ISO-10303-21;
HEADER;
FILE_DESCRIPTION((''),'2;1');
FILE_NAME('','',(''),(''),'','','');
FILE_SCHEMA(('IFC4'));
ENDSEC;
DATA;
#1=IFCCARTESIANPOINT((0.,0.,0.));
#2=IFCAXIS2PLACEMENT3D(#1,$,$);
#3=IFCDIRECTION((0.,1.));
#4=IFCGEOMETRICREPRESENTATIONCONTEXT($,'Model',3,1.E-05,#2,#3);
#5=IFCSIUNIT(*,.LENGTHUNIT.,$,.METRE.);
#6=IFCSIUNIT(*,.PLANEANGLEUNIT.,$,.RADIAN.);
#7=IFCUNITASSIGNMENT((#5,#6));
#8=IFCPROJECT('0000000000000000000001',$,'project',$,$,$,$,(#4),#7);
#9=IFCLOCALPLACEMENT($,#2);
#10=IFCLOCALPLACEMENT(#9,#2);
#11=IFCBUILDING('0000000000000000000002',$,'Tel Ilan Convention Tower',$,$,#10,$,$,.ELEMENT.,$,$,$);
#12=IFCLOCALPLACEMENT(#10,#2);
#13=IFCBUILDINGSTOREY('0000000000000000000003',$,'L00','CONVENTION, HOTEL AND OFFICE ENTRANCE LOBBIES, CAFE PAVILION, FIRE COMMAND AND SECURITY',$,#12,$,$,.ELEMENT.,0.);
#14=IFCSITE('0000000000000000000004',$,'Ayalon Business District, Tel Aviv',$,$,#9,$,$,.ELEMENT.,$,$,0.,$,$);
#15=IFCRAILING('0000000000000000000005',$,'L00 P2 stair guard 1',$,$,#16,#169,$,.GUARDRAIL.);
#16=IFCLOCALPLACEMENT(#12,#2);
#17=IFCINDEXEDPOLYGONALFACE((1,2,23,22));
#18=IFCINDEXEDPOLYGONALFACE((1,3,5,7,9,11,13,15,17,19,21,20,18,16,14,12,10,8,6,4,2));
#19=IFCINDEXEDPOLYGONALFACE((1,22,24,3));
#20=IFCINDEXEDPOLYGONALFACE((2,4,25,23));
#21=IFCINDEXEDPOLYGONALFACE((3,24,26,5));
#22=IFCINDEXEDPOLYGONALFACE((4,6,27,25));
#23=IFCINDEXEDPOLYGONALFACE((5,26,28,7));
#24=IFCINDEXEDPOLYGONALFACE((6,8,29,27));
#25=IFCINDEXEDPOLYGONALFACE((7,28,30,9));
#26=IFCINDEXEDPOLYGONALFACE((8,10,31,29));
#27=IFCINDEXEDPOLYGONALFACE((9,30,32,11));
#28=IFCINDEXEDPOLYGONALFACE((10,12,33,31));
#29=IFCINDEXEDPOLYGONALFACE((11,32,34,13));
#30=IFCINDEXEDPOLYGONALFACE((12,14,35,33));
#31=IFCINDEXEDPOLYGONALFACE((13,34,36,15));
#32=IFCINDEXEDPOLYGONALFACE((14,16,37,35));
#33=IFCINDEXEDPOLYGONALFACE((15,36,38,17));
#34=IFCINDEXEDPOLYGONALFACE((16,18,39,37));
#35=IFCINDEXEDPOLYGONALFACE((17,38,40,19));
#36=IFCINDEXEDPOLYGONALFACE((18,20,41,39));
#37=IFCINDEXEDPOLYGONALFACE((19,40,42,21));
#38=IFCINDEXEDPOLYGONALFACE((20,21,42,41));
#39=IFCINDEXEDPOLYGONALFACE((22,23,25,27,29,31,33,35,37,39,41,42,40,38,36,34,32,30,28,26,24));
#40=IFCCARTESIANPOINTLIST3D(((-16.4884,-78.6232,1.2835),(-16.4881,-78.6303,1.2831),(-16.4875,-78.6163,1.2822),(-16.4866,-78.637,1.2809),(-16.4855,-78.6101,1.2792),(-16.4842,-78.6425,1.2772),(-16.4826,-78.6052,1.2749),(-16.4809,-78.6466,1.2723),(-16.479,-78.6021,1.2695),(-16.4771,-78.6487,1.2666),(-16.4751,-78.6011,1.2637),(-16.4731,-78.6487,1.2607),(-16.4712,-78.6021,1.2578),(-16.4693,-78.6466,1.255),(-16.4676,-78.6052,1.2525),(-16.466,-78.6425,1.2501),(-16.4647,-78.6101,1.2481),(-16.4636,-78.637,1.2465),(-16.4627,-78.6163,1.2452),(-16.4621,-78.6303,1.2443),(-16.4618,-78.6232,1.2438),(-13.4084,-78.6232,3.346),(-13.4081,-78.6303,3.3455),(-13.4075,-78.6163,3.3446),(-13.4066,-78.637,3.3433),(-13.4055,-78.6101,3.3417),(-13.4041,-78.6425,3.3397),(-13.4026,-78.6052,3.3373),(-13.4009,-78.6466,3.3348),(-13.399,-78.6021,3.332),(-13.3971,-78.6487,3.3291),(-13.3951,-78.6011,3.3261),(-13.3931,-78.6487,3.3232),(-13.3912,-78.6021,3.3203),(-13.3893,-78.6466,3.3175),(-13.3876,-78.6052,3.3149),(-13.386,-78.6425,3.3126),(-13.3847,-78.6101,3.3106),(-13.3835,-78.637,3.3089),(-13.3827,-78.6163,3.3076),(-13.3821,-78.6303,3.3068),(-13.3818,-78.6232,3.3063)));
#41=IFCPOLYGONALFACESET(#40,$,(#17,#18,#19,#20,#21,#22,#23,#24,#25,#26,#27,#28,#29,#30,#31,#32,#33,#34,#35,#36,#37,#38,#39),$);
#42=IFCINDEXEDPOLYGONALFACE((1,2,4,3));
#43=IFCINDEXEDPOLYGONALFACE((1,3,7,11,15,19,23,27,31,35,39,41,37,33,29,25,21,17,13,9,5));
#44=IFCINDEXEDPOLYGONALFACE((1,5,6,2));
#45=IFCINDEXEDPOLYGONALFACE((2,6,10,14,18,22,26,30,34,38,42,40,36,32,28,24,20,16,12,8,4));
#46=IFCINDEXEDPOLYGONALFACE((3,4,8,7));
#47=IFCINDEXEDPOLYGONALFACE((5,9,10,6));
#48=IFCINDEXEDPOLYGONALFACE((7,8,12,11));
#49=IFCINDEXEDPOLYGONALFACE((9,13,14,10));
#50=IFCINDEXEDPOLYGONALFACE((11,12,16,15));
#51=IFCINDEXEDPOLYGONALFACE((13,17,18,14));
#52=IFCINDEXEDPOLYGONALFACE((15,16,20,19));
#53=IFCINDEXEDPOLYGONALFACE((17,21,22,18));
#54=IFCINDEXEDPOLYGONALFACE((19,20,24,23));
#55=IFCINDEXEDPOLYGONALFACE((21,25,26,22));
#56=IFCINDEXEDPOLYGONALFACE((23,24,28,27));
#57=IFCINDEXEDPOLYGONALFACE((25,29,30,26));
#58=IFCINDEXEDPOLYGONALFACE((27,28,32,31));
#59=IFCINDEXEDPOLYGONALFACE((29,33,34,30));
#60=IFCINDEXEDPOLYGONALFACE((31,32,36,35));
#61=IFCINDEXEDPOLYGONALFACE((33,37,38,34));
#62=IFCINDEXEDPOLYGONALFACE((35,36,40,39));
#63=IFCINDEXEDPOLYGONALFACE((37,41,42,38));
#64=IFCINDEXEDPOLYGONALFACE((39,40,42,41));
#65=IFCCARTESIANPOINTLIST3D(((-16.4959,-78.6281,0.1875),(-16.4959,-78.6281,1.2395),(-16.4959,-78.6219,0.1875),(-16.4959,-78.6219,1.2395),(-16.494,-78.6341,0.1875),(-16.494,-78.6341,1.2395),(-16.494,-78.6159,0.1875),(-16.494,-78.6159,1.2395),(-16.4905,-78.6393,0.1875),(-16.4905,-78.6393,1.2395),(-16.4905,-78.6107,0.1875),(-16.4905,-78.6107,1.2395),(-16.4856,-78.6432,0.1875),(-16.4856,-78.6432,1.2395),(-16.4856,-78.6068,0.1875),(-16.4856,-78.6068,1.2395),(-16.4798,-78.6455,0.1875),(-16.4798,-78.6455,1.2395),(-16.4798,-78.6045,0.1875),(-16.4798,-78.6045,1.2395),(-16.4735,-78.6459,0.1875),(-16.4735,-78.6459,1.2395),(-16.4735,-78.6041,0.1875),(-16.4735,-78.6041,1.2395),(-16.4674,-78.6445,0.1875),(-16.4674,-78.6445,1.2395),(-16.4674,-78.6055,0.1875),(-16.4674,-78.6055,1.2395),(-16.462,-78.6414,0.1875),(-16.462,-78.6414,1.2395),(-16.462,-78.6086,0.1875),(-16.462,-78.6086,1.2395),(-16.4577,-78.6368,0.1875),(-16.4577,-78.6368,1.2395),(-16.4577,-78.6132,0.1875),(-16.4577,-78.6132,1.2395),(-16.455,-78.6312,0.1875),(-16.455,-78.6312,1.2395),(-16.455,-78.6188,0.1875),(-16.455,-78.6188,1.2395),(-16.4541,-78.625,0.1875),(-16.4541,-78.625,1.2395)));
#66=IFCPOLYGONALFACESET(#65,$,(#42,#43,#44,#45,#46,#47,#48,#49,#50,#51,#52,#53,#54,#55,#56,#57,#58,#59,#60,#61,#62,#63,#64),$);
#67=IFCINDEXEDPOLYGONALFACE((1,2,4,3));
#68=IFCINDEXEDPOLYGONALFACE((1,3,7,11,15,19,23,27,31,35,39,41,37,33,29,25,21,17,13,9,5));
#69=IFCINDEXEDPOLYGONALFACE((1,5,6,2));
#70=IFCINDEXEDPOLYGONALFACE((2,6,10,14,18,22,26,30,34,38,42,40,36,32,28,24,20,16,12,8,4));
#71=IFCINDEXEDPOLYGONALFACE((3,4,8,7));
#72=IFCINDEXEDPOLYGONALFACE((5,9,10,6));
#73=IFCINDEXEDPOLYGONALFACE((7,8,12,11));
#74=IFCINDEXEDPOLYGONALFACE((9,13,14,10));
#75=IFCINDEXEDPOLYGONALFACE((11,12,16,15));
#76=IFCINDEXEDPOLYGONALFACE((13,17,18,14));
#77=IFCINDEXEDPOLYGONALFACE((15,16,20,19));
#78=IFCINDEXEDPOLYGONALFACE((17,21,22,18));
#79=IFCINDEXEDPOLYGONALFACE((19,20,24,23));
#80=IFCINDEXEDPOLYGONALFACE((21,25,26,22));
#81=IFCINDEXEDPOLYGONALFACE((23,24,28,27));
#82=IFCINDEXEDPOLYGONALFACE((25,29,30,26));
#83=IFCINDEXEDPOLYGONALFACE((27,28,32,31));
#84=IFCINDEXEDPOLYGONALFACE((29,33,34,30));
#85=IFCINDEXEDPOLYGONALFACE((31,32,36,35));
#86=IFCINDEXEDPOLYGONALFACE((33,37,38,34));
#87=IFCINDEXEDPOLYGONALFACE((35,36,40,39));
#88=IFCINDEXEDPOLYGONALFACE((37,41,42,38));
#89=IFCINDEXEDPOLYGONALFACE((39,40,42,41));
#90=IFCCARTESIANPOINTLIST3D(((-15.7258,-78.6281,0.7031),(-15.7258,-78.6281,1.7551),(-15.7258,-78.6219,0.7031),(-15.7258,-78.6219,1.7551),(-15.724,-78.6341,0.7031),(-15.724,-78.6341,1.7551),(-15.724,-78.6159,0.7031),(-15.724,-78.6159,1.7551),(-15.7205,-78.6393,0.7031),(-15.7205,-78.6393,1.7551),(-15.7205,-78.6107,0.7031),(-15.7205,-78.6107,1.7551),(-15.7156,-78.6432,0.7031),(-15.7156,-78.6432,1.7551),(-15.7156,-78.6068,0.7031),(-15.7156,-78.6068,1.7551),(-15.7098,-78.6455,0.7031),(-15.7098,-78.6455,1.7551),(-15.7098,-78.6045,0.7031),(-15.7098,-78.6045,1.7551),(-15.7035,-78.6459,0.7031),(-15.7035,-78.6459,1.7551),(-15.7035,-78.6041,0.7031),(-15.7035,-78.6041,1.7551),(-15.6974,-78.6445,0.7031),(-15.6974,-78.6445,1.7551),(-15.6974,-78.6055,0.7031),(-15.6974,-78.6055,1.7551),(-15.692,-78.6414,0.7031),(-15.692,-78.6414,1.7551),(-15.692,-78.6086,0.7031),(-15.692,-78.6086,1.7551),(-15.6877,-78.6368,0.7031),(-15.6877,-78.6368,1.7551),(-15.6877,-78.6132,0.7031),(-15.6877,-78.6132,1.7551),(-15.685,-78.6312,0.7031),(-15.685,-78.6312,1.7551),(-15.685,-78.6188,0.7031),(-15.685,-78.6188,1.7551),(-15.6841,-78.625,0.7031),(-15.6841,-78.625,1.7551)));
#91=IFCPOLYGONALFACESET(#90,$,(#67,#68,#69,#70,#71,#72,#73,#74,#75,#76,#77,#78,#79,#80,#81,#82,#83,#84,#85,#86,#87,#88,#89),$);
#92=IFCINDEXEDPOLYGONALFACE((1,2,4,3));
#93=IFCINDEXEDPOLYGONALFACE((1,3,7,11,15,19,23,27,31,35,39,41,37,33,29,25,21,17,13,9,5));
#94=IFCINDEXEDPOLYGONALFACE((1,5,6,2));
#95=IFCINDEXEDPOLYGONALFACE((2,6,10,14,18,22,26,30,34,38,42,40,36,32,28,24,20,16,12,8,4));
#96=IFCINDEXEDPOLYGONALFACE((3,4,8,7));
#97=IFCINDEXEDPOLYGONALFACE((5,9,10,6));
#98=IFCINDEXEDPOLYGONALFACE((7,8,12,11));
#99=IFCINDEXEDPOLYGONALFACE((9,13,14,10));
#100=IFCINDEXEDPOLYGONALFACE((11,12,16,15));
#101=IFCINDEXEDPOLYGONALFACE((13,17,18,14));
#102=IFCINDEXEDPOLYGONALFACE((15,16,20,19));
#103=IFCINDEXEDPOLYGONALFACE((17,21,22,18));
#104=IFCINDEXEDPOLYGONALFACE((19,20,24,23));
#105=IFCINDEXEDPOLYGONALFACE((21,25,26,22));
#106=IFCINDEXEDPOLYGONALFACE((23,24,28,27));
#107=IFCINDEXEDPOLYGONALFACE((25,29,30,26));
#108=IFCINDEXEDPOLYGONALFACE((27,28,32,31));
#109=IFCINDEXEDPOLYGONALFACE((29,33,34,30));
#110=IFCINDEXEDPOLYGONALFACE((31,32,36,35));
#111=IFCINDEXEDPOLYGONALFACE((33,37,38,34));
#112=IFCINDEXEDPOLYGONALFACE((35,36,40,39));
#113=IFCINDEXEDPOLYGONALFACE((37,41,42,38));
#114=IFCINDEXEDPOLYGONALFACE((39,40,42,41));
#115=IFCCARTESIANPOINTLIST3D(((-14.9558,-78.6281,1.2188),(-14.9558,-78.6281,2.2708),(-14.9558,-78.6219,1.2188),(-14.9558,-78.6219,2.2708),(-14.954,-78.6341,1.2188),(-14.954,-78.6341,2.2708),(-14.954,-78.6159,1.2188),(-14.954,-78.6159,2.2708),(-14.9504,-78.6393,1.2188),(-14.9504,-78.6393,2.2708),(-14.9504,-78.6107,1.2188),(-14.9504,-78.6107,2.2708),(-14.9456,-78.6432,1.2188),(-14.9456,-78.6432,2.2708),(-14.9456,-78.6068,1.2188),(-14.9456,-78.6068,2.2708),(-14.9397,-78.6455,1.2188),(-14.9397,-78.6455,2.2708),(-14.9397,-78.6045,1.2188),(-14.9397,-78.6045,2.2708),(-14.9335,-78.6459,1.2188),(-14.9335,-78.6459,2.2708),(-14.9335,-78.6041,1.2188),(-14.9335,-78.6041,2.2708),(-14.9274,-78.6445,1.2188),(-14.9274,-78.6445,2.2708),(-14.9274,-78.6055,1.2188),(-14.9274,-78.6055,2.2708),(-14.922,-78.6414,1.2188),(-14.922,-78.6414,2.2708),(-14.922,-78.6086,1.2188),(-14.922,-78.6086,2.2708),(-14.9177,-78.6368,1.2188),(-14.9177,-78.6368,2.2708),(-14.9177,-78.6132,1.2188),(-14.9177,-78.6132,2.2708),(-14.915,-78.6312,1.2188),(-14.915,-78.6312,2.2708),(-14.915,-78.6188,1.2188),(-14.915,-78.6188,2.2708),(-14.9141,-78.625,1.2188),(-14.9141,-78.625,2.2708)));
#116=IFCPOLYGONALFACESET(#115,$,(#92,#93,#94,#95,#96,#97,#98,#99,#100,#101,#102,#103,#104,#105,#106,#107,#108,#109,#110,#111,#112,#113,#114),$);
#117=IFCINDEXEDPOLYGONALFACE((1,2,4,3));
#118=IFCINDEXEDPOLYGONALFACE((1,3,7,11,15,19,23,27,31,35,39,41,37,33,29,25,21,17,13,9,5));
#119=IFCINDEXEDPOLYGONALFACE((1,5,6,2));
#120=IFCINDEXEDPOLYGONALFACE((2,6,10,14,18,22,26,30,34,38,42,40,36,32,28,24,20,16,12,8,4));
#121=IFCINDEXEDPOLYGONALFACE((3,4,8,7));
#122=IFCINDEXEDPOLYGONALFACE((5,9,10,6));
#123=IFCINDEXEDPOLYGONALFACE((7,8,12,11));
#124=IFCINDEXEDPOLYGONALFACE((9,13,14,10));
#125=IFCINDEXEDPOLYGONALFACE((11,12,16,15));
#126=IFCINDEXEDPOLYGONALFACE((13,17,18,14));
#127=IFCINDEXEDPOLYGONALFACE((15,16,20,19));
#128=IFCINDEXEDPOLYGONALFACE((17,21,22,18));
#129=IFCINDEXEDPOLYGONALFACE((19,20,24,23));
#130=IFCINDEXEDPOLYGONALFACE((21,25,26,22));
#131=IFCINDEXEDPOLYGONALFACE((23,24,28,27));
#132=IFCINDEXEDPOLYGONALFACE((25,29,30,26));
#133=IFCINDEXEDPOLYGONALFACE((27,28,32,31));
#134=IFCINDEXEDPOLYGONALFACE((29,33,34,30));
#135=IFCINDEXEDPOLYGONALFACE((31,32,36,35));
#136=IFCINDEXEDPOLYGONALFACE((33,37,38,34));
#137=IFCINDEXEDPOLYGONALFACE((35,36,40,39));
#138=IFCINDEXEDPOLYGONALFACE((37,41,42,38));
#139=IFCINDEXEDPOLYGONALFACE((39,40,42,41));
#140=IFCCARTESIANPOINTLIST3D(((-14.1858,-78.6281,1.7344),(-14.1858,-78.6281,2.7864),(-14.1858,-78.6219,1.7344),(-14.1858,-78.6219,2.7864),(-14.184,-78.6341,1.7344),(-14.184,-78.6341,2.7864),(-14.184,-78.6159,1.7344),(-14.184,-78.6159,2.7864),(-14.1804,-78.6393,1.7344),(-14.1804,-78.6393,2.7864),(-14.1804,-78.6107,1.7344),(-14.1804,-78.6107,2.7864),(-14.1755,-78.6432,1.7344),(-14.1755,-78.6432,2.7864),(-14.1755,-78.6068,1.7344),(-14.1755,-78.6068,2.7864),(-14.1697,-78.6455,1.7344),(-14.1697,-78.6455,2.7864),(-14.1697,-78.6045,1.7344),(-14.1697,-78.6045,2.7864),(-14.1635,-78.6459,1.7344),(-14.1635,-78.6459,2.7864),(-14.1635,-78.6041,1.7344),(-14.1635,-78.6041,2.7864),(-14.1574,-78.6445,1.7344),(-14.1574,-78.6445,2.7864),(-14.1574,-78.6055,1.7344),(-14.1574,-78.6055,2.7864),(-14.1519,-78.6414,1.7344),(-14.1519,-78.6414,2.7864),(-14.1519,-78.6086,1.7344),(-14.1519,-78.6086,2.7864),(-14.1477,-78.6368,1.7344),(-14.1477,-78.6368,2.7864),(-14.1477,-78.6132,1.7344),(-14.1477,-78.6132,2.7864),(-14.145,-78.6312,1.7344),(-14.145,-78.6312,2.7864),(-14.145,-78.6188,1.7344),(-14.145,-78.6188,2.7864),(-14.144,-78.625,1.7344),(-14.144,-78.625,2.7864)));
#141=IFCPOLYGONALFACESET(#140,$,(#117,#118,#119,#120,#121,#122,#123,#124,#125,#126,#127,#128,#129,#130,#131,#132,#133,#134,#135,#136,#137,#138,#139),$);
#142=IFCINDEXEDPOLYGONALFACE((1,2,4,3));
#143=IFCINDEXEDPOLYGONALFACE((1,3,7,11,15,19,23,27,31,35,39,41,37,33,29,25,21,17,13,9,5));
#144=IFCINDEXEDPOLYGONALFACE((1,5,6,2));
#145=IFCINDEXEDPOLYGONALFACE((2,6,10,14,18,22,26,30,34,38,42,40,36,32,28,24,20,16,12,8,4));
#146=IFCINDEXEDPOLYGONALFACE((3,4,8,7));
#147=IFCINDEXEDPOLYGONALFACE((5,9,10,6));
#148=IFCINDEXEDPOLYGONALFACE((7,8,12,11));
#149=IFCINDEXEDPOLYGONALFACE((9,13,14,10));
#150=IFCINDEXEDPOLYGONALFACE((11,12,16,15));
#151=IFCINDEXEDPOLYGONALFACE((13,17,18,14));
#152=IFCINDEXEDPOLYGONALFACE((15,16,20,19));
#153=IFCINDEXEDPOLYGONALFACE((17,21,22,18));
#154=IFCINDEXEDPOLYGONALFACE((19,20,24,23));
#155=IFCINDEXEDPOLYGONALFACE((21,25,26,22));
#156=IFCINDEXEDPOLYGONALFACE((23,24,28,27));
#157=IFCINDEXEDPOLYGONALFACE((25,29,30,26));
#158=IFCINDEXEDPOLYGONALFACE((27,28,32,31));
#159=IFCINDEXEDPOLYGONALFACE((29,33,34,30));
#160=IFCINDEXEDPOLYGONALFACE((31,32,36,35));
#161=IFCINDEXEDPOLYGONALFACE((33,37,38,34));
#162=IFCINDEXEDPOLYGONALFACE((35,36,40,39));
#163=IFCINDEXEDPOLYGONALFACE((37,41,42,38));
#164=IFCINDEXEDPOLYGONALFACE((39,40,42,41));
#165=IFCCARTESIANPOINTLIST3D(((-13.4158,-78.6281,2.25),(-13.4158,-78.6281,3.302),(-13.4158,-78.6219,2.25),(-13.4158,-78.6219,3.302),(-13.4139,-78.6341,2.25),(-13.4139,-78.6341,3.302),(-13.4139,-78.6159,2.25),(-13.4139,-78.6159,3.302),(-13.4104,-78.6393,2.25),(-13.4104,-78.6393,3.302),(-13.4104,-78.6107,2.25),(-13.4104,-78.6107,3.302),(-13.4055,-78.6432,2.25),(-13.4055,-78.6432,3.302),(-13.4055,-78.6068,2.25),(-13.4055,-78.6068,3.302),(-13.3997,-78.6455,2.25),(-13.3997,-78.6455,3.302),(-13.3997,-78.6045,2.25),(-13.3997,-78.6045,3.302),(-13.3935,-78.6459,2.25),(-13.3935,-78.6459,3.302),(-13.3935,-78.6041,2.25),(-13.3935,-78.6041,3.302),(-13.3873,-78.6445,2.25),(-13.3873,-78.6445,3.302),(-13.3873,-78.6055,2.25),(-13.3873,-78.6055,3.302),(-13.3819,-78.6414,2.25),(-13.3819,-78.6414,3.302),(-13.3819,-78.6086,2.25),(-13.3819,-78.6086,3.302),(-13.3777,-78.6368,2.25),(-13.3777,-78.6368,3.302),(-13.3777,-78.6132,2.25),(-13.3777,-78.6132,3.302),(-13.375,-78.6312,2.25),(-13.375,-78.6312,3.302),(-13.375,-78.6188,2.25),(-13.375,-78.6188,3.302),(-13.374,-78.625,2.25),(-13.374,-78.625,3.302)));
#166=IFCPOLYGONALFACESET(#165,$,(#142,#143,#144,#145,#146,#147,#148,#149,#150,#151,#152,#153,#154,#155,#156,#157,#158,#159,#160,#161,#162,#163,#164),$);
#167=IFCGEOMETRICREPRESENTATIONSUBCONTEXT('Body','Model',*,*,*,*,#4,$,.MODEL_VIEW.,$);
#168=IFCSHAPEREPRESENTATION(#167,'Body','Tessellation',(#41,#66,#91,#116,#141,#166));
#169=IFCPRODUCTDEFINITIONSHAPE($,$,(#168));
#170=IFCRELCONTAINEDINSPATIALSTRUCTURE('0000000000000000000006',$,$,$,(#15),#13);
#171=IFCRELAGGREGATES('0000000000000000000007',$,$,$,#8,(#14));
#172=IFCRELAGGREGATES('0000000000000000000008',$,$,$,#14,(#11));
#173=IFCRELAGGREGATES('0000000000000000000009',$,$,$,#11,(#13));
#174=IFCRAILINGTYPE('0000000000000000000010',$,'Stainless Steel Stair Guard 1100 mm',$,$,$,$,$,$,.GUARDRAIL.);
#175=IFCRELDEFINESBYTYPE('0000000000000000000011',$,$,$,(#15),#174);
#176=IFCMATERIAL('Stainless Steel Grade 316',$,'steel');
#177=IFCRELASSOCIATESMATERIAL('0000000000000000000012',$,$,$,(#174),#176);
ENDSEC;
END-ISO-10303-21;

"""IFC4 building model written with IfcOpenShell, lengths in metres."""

from ifc_helpers import new_model, si_unit, direction, frame, origin, origin_2d, place, context, subcontext, project, spatial, circle, extrude, material, type_object, element, save


model = new_model("IFC4")

# Units and contexts
model_context = context("Model", 3, precision=1e-05, world=origin(), true_north=direction((0.0, 1.0)))
body_context = subcontext(model_context, "Body", "Model", "MODEL_VIEW")
ifc_project = project(units=[si_unit("LENGTHUNIT", "METRE"), si_unit("PLANEANGLEUNIT", "RADIAN")], contexts=[model_context])

# Site, building, storey
site_placement = place(None, origin())
site = spatial("IfcSite", under=ifc_project, at=site_placement, Name="Ayalon Business District, Tel Aviv", CompositionType="ELEMENT", RefElevation=0.0)
building_placement = place(site_placement, origin())
building = spatial("IfcBuilding", under=site, at=building_placement, Name="Tel Ilan Convention Tower", CompositionType="ELEMENT")
storey_placement = place(building_placement, origin())
storey = spatial("IfcBuildingStorey", under=building, at=storey_placement, Name="L00", Description="CONVENTION, HOTEL AND OFFICE ENTRANCE LOBBIES, CAFE PAVILION, FIRE COMMAND AND SECURITY", CompositionType="ELEMENT", Elevation=0.0)

# Railing
ifc_material_1 = material(Name="Stainless Steel Grade 316", Category="steel")
railing_type_1 = type_object("IfcRailingType", Name="Stainless Steel Stair Guard 1100 mm", PredefinedType="GUARDRAIL", material=ifc_material_1)
railing_1_placement = place(storey_placement, frame((-16.4751, -78.625, 0.1875)))
element("IfcRailing", 1, at=railing_1_placement, inside=storey, type_object=railing_type_1, Name="L00 P2 stair guard 1", PredefinedType="GUARDRAIL", context=body_context, shape_type="SweptSolid", body=[
    extrude(circle(Radius=0.0239, at=origin_2d()), frame((0.0, 0.0, 1.0762), z_axis=(0.830914, 0.0, 0.556401), x_axis=(0.0, 1.0, 0.0)), (0.0, 0.0, 1.0), 3.7068),
    extrude(circle(Radius=0.021, at=origin_2d()), origin(), (0.0, 0.0, 1.0), 1.052),
    extrude(circle(Radius=0.021, at=origin_2d()), frame((0.77, 0.0, 0.5156)), (0.0, 0.0, 1.0), 1.052),
    extrude(circle(Radius=0.021, at=origin_2d()), frame((1.54, 0.0, 1.0312)), (0.0, 0.0, 1.0), 1.052),
    extrude(circle(Radius=0.021, at=origin_2d()), frame((2.3101, 0.0, 1.5469)), (0.0, 0.0, 1.0), 1.052),
    extrude(circle(Radius=0.021, at=origin_2d()), frame((3.0801, 0.0, 2.0625)), (0.0, 0.0, 1.0), 1.052),
])

save(model, "model.ifc")
